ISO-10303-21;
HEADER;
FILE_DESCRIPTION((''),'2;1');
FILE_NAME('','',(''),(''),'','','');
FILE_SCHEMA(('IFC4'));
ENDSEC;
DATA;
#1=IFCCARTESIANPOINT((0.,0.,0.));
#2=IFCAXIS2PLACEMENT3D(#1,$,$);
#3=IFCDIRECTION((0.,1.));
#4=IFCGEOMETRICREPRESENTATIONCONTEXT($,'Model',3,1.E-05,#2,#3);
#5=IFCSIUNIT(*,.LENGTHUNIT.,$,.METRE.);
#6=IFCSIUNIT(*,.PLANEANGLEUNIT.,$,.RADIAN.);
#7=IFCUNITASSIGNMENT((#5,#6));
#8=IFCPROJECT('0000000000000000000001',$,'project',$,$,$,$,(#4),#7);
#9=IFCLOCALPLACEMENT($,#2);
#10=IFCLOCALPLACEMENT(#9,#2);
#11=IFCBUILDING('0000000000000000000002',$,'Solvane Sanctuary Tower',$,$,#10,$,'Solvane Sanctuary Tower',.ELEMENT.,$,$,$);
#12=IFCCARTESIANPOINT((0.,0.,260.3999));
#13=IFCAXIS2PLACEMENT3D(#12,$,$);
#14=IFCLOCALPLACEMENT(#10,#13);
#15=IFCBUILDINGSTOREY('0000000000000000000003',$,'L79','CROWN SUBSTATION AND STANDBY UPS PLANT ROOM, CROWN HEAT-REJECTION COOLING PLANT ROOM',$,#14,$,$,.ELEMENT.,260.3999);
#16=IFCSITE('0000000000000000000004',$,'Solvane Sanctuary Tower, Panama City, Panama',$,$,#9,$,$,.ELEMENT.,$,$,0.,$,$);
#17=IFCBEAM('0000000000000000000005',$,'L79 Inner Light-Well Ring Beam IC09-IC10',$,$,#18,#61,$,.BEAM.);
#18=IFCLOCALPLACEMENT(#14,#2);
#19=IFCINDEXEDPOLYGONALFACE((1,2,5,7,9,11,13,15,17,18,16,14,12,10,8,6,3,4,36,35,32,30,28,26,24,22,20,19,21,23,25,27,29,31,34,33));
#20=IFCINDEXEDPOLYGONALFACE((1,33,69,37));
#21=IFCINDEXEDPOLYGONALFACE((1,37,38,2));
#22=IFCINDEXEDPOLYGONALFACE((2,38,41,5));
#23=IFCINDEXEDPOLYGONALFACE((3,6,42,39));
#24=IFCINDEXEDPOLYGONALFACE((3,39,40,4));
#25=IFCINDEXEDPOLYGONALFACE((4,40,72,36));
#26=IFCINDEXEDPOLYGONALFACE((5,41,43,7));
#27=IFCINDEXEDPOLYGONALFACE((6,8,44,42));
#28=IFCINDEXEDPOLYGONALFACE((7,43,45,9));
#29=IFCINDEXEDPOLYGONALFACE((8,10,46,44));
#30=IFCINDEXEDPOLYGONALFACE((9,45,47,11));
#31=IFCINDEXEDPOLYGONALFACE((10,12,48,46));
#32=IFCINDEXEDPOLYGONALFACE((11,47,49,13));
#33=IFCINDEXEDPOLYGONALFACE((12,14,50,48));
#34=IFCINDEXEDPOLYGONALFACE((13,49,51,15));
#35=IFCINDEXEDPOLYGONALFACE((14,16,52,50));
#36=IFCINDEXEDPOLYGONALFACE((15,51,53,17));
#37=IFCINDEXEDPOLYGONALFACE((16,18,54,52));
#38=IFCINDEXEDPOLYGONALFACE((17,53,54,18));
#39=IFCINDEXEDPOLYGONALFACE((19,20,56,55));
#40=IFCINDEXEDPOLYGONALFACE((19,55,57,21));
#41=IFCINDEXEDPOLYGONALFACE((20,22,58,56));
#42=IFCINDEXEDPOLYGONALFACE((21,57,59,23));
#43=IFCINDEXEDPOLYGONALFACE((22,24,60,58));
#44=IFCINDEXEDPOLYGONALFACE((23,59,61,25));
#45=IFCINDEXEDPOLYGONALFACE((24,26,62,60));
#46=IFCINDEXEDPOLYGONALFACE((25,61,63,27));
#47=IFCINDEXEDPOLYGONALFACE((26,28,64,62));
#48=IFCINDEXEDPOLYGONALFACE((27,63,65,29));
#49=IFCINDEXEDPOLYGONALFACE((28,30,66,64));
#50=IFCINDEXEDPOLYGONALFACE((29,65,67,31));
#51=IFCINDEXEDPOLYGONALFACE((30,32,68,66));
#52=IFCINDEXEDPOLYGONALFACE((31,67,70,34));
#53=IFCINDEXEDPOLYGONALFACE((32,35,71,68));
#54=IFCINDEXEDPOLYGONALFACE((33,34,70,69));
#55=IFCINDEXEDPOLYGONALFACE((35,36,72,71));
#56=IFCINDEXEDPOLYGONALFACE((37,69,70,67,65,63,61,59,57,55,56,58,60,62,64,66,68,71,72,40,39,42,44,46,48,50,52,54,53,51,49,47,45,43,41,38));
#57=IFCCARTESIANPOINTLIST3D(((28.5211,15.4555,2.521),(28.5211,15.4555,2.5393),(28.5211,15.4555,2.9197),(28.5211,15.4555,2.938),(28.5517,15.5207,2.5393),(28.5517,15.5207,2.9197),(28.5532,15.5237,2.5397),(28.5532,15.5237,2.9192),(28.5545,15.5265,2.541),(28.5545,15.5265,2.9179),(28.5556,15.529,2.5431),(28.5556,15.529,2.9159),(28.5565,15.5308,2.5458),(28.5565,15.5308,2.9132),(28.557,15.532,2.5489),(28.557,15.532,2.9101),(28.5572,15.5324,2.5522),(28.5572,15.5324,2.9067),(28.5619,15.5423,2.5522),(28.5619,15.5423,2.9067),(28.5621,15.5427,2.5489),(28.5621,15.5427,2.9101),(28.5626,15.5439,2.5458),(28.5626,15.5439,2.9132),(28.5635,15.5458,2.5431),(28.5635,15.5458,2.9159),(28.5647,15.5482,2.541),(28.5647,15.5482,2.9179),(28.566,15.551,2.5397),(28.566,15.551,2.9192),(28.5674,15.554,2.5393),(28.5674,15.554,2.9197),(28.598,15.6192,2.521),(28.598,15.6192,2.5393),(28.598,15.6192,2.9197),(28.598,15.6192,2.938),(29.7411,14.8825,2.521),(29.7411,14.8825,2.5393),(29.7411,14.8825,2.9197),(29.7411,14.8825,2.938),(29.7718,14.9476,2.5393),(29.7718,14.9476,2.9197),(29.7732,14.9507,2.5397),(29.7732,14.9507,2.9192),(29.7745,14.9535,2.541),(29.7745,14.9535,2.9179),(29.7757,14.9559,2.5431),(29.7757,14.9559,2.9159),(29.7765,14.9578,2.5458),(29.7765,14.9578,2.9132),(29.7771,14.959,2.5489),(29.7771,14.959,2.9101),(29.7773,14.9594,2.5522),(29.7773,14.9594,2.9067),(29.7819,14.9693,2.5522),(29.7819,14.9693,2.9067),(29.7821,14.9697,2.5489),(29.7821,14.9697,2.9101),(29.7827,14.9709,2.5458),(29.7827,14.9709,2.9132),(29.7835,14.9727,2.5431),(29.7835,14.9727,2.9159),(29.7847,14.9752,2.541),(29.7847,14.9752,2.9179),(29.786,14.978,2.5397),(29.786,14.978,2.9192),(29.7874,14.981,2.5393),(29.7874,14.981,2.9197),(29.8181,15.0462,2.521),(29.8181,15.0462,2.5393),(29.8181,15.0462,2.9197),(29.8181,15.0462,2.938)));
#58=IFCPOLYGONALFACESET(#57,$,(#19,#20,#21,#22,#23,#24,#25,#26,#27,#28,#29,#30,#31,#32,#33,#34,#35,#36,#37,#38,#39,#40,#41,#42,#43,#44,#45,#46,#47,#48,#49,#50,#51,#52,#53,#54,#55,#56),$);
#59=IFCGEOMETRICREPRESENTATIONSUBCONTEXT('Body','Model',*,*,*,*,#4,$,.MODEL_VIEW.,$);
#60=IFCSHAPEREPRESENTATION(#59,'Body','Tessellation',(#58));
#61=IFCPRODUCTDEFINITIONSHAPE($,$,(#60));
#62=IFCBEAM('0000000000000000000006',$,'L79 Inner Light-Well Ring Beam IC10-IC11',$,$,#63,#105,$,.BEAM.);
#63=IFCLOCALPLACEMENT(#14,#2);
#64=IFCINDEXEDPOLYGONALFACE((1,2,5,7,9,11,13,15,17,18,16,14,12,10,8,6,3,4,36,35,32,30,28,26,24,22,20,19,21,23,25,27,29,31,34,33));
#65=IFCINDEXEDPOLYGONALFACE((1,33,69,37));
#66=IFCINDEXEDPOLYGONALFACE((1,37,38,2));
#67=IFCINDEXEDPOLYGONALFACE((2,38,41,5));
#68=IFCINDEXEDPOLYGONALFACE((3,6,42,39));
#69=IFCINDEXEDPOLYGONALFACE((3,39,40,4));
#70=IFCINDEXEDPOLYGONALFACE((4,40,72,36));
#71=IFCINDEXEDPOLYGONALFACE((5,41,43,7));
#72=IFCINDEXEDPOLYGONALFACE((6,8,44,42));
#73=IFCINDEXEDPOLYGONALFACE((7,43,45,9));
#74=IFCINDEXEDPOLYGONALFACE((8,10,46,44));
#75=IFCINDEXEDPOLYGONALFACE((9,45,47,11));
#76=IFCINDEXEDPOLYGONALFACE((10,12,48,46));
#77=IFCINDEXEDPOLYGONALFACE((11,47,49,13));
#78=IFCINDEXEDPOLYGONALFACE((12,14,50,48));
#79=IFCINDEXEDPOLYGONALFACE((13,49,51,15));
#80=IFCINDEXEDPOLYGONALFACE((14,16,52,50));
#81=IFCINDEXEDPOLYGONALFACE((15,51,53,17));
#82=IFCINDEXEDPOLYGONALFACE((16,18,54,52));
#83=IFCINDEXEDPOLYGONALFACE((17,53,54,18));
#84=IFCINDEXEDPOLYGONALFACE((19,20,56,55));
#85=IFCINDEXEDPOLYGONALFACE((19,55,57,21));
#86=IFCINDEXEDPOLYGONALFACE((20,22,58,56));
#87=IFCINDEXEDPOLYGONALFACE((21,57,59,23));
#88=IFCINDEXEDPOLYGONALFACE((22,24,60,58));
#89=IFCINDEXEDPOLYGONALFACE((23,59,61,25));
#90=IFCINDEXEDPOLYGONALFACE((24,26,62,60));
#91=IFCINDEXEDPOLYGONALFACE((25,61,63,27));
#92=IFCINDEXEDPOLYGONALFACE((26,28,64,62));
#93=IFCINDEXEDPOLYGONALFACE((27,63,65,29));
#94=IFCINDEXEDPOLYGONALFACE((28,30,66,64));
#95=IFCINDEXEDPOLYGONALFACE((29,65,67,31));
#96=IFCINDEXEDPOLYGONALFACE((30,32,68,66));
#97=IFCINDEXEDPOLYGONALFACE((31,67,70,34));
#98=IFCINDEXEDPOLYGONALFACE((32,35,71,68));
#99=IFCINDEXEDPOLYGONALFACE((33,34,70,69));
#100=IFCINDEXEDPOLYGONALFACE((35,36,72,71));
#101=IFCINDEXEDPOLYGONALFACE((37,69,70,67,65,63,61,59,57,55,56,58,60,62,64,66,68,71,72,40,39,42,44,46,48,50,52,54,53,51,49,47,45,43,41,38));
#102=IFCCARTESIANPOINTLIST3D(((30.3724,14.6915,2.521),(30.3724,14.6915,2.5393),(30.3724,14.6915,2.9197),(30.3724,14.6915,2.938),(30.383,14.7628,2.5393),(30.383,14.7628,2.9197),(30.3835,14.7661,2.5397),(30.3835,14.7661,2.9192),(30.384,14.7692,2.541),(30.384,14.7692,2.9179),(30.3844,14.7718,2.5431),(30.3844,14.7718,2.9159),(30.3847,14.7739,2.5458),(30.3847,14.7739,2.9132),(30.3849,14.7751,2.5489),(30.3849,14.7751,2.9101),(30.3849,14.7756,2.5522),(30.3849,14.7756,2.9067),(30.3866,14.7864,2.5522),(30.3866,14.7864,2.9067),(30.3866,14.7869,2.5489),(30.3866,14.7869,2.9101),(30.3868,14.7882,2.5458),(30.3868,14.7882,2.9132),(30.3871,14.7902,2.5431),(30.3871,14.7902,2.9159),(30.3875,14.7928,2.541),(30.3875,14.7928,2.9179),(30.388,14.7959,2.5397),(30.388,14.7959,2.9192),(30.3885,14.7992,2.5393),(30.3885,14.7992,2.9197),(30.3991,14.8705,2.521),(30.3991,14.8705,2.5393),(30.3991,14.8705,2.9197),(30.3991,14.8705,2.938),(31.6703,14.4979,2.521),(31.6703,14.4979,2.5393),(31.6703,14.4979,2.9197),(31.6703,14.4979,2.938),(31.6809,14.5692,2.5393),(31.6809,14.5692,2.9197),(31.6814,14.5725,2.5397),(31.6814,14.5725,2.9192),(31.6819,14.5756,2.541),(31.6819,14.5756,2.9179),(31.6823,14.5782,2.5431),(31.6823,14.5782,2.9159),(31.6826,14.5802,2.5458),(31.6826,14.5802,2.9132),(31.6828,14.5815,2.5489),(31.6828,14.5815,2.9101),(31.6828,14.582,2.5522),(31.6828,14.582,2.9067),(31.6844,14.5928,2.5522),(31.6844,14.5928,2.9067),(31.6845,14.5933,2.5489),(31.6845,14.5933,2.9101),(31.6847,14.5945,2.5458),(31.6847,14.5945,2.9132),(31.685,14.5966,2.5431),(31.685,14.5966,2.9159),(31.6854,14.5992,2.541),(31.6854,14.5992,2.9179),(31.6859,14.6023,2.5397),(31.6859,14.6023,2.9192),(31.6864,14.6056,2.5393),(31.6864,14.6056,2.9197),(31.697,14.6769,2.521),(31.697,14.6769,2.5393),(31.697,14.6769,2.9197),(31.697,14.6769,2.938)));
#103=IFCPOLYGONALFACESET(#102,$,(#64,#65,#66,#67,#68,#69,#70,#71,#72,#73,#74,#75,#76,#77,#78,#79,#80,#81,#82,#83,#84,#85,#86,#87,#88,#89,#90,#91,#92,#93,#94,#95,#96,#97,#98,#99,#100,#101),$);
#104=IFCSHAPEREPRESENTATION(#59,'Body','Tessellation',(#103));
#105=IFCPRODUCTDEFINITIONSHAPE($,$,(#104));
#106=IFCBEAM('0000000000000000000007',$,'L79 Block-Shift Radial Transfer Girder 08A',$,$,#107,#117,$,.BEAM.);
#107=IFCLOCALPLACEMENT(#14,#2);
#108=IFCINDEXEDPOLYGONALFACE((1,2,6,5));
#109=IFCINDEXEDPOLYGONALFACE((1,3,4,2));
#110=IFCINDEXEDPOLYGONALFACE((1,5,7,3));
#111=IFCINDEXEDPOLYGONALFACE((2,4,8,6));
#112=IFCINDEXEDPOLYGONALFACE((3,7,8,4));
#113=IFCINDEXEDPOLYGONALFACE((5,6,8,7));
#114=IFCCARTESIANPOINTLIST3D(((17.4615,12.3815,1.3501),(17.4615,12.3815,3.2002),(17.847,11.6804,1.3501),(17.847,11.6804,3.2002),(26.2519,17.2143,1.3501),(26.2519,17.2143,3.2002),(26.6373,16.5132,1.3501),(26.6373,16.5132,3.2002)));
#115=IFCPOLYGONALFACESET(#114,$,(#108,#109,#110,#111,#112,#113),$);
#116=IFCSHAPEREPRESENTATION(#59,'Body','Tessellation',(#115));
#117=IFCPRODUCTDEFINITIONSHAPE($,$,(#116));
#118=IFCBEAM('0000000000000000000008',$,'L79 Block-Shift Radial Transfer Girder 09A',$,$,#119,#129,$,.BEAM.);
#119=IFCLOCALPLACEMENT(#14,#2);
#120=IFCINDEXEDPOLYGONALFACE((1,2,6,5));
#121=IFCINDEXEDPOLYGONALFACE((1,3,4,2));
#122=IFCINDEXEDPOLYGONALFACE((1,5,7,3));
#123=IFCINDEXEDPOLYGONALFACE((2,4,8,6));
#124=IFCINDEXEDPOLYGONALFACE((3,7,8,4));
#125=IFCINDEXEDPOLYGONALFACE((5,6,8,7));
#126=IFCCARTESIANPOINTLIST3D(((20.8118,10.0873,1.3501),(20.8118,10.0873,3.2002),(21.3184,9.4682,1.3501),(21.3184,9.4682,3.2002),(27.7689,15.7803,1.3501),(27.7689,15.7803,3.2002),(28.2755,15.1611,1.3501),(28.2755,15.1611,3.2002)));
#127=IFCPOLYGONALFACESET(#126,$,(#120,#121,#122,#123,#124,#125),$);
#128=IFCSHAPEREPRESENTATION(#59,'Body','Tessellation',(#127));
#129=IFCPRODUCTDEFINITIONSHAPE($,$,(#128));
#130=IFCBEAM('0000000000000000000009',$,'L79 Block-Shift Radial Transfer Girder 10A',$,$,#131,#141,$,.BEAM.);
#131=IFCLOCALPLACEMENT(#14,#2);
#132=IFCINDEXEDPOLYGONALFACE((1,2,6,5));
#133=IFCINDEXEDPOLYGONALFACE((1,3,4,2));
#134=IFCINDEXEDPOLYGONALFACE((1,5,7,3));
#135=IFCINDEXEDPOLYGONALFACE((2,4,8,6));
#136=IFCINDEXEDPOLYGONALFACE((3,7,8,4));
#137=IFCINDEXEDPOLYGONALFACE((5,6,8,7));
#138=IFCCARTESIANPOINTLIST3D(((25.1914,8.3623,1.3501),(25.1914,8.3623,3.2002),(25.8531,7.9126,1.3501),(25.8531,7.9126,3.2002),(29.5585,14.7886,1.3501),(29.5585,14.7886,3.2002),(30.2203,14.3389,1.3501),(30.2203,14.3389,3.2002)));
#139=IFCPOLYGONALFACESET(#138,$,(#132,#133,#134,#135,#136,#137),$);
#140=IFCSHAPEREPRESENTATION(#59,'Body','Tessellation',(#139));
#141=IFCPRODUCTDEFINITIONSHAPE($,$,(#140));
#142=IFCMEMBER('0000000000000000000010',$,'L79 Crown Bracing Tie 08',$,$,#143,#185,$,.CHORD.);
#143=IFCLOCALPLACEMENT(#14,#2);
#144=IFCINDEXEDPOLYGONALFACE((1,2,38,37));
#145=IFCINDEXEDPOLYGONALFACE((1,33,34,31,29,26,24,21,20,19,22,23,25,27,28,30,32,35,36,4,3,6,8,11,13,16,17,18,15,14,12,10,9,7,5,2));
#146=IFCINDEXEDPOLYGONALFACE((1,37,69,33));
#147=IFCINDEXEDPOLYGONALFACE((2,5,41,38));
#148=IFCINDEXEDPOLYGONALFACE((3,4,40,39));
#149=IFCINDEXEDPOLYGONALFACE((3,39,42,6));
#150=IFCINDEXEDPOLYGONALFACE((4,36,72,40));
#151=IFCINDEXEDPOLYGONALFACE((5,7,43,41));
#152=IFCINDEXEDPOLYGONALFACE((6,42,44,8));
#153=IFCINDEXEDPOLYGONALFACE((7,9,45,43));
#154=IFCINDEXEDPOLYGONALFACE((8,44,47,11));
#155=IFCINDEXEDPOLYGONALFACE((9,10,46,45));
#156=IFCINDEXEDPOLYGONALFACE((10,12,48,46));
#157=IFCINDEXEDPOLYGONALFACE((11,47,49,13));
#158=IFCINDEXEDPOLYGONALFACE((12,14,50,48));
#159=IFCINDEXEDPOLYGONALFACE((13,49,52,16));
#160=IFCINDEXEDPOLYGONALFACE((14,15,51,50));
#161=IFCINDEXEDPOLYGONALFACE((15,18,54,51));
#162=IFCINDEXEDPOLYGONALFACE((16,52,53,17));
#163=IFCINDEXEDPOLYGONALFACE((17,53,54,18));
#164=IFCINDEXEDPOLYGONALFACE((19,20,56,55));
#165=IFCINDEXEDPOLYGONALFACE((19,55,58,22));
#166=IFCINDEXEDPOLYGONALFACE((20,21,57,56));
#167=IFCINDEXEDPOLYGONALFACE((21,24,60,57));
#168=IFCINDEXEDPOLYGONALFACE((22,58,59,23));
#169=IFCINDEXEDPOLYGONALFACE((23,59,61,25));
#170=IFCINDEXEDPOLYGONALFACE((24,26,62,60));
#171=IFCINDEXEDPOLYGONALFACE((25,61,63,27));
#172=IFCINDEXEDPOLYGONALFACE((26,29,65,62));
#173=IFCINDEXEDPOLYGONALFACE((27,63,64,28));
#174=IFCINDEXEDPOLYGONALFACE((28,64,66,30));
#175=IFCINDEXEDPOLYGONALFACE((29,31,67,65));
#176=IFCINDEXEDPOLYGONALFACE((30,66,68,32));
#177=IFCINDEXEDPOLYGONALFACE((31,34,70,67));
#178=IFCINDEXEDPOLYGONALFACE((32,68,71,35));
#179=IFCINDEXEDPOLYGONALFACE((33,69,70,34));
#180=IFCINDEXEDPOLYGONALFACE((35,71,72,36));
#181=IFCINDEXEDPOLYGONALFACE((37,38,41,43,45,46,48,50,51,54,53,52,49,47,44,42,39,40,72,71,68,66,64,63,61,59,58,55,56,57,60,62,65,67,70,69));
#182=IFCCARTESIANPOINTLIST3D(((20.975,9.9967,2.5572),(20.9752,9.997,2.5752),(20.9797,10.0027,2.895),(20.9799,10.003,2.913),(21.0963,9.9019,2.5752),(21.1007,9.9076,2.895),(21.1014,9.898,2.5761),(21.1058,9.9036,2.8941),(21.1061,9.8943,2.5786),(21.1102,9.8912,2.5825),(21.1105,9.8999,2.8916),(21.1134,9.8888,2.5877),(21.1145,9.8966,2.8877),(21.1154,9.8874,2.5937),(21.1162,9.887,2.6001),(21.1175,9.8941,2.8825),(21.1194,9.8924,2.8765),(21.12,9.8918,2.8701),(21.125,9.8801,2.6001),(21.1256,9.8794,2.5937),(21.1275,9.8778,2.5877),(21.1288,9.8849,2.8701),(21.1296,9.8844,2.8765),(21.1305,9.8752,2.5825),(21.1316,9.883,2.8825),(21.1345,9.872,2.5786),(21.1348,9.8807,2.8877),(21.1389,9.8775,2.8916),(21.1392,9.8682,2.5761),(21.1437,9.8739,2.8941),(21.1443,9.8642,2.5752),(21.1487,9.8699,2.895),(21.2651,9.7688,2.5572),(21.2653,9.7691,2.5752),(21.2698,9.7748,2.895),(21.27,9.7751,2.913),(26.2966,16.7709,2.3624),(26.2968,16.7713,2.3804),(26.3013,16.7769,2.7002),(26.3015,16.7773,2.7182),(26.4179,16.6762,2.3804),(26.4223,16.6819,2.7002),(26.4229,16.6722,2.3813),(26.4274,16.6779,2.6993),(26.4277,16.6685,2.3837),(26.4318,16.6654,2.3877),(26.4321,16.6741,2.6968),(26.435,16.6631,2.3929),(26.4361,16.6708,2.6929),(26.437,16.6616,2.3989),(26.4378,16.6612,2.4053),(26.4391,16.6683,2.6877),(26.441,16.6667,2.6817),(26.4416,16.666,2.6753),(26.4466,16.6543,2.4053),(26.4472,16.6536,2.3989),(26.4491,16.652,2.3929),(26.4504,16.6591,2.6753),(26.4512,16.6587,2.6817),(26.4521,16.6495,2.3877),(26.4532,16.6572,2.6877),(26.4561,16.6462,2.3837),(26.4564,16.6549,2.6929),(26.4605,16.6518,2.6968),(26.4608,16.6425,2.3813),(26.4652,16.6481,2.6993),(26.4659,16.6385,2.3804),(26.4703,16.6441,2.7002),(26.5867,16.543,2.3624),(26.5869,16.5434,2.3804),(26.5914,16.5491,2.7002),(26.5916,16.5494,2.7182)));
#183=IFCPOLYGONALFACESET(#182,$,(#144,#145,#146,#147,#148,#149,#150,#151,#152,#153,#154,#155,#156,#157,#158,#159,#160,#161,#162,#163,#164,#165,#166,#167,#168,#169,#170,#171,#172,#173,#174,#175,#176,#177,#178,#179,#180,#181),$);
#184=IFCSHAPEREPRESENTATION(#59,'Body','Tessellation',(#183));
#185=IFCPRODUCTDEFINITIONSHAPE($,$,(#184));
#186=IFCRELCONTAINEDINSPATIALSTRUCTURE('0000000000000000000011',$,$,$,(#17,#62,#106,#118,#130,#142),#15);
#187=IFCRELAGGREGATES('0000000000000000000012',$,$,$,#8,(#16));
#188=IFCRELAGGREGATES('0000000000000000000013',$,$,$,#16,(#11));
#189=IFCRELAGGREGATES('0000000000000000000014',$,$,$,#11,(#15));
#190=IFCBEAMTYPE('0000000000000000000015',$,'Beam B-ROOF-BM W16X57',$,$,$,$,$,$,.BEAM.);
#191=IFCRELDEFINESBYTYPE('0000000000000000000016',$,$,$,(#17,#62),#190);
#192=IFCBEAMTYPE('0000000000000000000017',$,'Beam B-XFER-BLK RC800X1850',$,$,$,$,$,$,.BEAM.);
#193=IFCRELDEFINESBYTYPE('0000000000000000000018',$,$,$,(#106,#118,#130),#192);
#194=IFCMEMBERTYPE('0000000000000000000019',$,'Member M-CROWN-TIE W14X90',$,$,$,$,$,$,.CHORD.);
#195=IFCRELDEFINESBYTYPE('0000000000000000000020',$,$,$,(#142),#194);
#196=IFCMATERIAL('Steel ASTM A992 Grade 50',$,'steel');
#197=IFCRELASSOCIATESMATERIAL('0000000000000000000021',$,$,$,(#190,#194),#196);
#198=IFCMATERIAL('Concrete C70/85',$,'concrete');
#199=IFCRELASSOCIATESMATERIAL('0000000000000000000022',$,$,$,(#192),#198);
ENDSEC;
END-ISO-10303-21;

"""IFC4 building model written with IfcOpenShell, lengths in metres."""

from ifc_helpers import new_model, si_unit, direction, frame, origin, origin_2d, place, context, subcontext, project, spatial, rectangle, i_section, extrude, material, material_profile, profile_set, type_object, element, save


model = new_model("IFC4")

# Units and contexts
model_context = context("Model", 3, precision=1e-05, world=origin(), true_north=direction((0.0, 1.0)))
body_context = subcontext(model_context, "Body", "Model", "MODEL_VIEW")
ifc_project = project(units=[si_unit("LENGTHUNIT", "METRE"), si_unit("PLANEANGLEUNIT", "RADIAN")], contexts=[model_context])

# Site, building, storey
site_placement = place(None, origin())
site = spatial("IfcSite", under=ifc_project, at=site_placement, Name="Solvane Sanctuary Tower, Panama City, Panama", CompositionType="ELEMENT", RefElevation=0.0)
building_placement = place(site_placement, origin())
building = spatial("IfcBuilding", under=site, at=building_placement, Name="Solvane Sanctuary Tower", LongName="Solvane Sanctuary Tower", CompositionType="ELEMENT")
storey_placement = place(building_placement, frame((0.0, 0.0, 260.3999)))
storey = spatial("IfcBuildingStorey", under=building, at=storey_placement, Name="L79", Description="CROWN SUBSTATION AND STANDBY UPS PLANT ROOM, CROWN HEAT-REJECTION COOLING PLANT ROOM", CompositionType="ELEMENT", Elevation=260.3999)

# Shared definitions
ifc_material_1 = material(Name="Concrete C70/85", Category="concrete")

# Beams
ifc_material_2 = material(Name="Steel ASTM A992 Grade 50", Category="steel")
ifc_material_profile_1 = material_profile(ifc_material_2, i_section(OverallWidth=0.1809, OverallDepth=0.417, WebThickness=0.011, FlangeThickness=0.0183, FilletRadius=0.0129, at=origin_2d()), Name="W16X57")
ifc_profile_set_1 = profile_set([ifc_material_profile_1], Name="Steel ASTM A992 Grade 50")
beam_type_1 = type_object("IfcBeamType", Name="Beam B-ROOF-BM W16X57", PredefinedType="BEAM", material=ifc_profile_set_1)
beam_1_placement = place(storey_placement, frame((28.5596, 15.5374, 2.7295), z_axis=(0.905135, -0.425125, 0.0), x_axis=(0.425125, 0.905135, 0.0)))
element("IfcBeam", 1, at=beam_1_placement, inside=storey, type_object=beam_type_1, Name="L79 Inner Light-Well Ring Beam IC09-IC10", PredefinedType="BEAM", context=body_context, shape_type="SweptSolid", body=[
    extrude(i_section(OverallWidth=0.1809, OverallDepth=0.417, WebThickness=0.011, FlangeThickness=0.0183, FilletRadius=0.0129, at=origin_2d()), origin(), (0.0, 0.0, 1.0), 1.3479),
])
beam_2_placement = place(storey_placement, frame((30.3857, 14.781, 2.7295), z_axis=(0.989056, -0.14754, 0.0), x_axis=(0.14754, 0.989056, 0.0)))
element("IfcBeam", 2, at=beam_2_placement, inside=storey, type_object=beam_type_1, Name="L79 Inner Light-Well Ring Beam IC10-IC11", PredefinedType="BEAM", context=body_context, shape_type="SweptSolid", body=[
    extrude(i_section(OverallWidth=0.1809, OverallDepth=0.417, WebThickness=0.011, FlangeThickness=0.0183, FilletRadius=0.0129, at=origin_2d()), origin(), (0.0, 0.0, 1.0), 1.3123),
])
ifc_material_profile_2 = material_profile(ifc_material_1, rectangle(XDim=0.8, YDim=1.8501, at=origin_2d()), Name="RC800X1850")
ifc_profile_set_2 = profile_set([ifc_material_profile_2], Name="Concrete C70/85")
beam_type_2 = type_object("IfcBeamType", Name="Beam B-XFER-BLK RC800X1850", PredefinedType="BEAM", material=ifc_profile_set_2)
beam_3_placement = place(storey_placement, frame((26.4446, 16.8638, 2.2751), z_axis=(-0.876296, -0.481774, 0.0), x_axis=(0.481774, -0.876296, 0.0)))
element("IfcBeam", 3, at=beam_3_placement, inside=storey, type_object=beam_type_2, Name="L79 Block-Shift Radial Transfer Girder 08A", PredefinedType="BEAM", context=body_context, shape_type="SweptSolid", body=[
    extrude(rectangle(XDim=0.8, YDim=1.8501, at=origin_2d()), origin(), (0.0, 0.0, 1.0), 10.0312),
])
beam_4_placement = place(storey_placement, frame((28.0222, 15.4707, 2.2751), z_axis=(-0.773916, -0.633288, 0.0), x_axis=(0.633288, -0.773916, 0.0)))
element("IfcBeam", 4, at=beam_4_placement, inside=storey, type_object=beam_type_2, Name="L79 Block-Shift Radial Transfer Girder 09A", PredefinedType="BEAM", context=body_context, shape_type="SweptSolid", body=[
    extrude(rectangle(XDim=0.8, YDim=1.8501, at=origin_2d()), origin(), (0.0, 0.0, 1.0), 8.9895),
])
beam_5_placement = place(storey_placement, frame((29.8894, 14.5637, 2.2751), z_axis=(-0.562075, -0.827087, 0.0), x_axis=(0.827087, -0.562075, 0.0)))
element("IfcBeam", 5, at=beam_5_placement, inside=storey, type_object=beam_type_2, Name="L79 Block-Shift Radial Transfer Girder 10A", PredefinedType="BEAM", context=body_context, shape_type="SweptSolid", body=[
    extrude(rectangle(XDim=0.8, YDim=1.8501, at=origin_2d()), origin(), (0.0, 0.0, 1.0), 7.7698),
])

# Member
ifc_material_profile_3 = material_profile(ifc_material_2, i_section(OverallWidth=0.3689, OverallDepth=0.356, WebThickness=0.0112, FlangeThickness=0.0181, FilletRadius=0.0249, at=origin_2d()), Name="W14X90")
ifc_profile_set_3 = profile_set([ifc_material_profile_3], Name="Steel ASTM A992 Grade 50")
member_type = type_object("IfcMemberType", Name="Member M-CROWN-TIE W14X90", PredefinedType="CHORD", material=ifc_profile_set_3)
member_placement = place(storey_placement, frame((26.4441, 16.6602, 2.5403), z_axis=(-0.61759, -0.786175, 0.02261), x_axis=(0.786376, -0.617748, 0.0)))
element("IfcMember", 6, at=member_placement, inside=storey, type_object=member_type, Name="L79 Crown Bracing Tie 08", PredefinedType="CHORD", context=body_context, shape_type="SweptSolid", body=[
    extrude(i_section(OverallWidth=0.3689, OverallDepth=0.356, WebThickness=0.0112, FlangeThickness=0.0181, FilletRadius=0.0249, at=origin_2d()), origin(), (0.0, 0.0, 1.0), 8.6167),
])

save(model, "model.ifc")
